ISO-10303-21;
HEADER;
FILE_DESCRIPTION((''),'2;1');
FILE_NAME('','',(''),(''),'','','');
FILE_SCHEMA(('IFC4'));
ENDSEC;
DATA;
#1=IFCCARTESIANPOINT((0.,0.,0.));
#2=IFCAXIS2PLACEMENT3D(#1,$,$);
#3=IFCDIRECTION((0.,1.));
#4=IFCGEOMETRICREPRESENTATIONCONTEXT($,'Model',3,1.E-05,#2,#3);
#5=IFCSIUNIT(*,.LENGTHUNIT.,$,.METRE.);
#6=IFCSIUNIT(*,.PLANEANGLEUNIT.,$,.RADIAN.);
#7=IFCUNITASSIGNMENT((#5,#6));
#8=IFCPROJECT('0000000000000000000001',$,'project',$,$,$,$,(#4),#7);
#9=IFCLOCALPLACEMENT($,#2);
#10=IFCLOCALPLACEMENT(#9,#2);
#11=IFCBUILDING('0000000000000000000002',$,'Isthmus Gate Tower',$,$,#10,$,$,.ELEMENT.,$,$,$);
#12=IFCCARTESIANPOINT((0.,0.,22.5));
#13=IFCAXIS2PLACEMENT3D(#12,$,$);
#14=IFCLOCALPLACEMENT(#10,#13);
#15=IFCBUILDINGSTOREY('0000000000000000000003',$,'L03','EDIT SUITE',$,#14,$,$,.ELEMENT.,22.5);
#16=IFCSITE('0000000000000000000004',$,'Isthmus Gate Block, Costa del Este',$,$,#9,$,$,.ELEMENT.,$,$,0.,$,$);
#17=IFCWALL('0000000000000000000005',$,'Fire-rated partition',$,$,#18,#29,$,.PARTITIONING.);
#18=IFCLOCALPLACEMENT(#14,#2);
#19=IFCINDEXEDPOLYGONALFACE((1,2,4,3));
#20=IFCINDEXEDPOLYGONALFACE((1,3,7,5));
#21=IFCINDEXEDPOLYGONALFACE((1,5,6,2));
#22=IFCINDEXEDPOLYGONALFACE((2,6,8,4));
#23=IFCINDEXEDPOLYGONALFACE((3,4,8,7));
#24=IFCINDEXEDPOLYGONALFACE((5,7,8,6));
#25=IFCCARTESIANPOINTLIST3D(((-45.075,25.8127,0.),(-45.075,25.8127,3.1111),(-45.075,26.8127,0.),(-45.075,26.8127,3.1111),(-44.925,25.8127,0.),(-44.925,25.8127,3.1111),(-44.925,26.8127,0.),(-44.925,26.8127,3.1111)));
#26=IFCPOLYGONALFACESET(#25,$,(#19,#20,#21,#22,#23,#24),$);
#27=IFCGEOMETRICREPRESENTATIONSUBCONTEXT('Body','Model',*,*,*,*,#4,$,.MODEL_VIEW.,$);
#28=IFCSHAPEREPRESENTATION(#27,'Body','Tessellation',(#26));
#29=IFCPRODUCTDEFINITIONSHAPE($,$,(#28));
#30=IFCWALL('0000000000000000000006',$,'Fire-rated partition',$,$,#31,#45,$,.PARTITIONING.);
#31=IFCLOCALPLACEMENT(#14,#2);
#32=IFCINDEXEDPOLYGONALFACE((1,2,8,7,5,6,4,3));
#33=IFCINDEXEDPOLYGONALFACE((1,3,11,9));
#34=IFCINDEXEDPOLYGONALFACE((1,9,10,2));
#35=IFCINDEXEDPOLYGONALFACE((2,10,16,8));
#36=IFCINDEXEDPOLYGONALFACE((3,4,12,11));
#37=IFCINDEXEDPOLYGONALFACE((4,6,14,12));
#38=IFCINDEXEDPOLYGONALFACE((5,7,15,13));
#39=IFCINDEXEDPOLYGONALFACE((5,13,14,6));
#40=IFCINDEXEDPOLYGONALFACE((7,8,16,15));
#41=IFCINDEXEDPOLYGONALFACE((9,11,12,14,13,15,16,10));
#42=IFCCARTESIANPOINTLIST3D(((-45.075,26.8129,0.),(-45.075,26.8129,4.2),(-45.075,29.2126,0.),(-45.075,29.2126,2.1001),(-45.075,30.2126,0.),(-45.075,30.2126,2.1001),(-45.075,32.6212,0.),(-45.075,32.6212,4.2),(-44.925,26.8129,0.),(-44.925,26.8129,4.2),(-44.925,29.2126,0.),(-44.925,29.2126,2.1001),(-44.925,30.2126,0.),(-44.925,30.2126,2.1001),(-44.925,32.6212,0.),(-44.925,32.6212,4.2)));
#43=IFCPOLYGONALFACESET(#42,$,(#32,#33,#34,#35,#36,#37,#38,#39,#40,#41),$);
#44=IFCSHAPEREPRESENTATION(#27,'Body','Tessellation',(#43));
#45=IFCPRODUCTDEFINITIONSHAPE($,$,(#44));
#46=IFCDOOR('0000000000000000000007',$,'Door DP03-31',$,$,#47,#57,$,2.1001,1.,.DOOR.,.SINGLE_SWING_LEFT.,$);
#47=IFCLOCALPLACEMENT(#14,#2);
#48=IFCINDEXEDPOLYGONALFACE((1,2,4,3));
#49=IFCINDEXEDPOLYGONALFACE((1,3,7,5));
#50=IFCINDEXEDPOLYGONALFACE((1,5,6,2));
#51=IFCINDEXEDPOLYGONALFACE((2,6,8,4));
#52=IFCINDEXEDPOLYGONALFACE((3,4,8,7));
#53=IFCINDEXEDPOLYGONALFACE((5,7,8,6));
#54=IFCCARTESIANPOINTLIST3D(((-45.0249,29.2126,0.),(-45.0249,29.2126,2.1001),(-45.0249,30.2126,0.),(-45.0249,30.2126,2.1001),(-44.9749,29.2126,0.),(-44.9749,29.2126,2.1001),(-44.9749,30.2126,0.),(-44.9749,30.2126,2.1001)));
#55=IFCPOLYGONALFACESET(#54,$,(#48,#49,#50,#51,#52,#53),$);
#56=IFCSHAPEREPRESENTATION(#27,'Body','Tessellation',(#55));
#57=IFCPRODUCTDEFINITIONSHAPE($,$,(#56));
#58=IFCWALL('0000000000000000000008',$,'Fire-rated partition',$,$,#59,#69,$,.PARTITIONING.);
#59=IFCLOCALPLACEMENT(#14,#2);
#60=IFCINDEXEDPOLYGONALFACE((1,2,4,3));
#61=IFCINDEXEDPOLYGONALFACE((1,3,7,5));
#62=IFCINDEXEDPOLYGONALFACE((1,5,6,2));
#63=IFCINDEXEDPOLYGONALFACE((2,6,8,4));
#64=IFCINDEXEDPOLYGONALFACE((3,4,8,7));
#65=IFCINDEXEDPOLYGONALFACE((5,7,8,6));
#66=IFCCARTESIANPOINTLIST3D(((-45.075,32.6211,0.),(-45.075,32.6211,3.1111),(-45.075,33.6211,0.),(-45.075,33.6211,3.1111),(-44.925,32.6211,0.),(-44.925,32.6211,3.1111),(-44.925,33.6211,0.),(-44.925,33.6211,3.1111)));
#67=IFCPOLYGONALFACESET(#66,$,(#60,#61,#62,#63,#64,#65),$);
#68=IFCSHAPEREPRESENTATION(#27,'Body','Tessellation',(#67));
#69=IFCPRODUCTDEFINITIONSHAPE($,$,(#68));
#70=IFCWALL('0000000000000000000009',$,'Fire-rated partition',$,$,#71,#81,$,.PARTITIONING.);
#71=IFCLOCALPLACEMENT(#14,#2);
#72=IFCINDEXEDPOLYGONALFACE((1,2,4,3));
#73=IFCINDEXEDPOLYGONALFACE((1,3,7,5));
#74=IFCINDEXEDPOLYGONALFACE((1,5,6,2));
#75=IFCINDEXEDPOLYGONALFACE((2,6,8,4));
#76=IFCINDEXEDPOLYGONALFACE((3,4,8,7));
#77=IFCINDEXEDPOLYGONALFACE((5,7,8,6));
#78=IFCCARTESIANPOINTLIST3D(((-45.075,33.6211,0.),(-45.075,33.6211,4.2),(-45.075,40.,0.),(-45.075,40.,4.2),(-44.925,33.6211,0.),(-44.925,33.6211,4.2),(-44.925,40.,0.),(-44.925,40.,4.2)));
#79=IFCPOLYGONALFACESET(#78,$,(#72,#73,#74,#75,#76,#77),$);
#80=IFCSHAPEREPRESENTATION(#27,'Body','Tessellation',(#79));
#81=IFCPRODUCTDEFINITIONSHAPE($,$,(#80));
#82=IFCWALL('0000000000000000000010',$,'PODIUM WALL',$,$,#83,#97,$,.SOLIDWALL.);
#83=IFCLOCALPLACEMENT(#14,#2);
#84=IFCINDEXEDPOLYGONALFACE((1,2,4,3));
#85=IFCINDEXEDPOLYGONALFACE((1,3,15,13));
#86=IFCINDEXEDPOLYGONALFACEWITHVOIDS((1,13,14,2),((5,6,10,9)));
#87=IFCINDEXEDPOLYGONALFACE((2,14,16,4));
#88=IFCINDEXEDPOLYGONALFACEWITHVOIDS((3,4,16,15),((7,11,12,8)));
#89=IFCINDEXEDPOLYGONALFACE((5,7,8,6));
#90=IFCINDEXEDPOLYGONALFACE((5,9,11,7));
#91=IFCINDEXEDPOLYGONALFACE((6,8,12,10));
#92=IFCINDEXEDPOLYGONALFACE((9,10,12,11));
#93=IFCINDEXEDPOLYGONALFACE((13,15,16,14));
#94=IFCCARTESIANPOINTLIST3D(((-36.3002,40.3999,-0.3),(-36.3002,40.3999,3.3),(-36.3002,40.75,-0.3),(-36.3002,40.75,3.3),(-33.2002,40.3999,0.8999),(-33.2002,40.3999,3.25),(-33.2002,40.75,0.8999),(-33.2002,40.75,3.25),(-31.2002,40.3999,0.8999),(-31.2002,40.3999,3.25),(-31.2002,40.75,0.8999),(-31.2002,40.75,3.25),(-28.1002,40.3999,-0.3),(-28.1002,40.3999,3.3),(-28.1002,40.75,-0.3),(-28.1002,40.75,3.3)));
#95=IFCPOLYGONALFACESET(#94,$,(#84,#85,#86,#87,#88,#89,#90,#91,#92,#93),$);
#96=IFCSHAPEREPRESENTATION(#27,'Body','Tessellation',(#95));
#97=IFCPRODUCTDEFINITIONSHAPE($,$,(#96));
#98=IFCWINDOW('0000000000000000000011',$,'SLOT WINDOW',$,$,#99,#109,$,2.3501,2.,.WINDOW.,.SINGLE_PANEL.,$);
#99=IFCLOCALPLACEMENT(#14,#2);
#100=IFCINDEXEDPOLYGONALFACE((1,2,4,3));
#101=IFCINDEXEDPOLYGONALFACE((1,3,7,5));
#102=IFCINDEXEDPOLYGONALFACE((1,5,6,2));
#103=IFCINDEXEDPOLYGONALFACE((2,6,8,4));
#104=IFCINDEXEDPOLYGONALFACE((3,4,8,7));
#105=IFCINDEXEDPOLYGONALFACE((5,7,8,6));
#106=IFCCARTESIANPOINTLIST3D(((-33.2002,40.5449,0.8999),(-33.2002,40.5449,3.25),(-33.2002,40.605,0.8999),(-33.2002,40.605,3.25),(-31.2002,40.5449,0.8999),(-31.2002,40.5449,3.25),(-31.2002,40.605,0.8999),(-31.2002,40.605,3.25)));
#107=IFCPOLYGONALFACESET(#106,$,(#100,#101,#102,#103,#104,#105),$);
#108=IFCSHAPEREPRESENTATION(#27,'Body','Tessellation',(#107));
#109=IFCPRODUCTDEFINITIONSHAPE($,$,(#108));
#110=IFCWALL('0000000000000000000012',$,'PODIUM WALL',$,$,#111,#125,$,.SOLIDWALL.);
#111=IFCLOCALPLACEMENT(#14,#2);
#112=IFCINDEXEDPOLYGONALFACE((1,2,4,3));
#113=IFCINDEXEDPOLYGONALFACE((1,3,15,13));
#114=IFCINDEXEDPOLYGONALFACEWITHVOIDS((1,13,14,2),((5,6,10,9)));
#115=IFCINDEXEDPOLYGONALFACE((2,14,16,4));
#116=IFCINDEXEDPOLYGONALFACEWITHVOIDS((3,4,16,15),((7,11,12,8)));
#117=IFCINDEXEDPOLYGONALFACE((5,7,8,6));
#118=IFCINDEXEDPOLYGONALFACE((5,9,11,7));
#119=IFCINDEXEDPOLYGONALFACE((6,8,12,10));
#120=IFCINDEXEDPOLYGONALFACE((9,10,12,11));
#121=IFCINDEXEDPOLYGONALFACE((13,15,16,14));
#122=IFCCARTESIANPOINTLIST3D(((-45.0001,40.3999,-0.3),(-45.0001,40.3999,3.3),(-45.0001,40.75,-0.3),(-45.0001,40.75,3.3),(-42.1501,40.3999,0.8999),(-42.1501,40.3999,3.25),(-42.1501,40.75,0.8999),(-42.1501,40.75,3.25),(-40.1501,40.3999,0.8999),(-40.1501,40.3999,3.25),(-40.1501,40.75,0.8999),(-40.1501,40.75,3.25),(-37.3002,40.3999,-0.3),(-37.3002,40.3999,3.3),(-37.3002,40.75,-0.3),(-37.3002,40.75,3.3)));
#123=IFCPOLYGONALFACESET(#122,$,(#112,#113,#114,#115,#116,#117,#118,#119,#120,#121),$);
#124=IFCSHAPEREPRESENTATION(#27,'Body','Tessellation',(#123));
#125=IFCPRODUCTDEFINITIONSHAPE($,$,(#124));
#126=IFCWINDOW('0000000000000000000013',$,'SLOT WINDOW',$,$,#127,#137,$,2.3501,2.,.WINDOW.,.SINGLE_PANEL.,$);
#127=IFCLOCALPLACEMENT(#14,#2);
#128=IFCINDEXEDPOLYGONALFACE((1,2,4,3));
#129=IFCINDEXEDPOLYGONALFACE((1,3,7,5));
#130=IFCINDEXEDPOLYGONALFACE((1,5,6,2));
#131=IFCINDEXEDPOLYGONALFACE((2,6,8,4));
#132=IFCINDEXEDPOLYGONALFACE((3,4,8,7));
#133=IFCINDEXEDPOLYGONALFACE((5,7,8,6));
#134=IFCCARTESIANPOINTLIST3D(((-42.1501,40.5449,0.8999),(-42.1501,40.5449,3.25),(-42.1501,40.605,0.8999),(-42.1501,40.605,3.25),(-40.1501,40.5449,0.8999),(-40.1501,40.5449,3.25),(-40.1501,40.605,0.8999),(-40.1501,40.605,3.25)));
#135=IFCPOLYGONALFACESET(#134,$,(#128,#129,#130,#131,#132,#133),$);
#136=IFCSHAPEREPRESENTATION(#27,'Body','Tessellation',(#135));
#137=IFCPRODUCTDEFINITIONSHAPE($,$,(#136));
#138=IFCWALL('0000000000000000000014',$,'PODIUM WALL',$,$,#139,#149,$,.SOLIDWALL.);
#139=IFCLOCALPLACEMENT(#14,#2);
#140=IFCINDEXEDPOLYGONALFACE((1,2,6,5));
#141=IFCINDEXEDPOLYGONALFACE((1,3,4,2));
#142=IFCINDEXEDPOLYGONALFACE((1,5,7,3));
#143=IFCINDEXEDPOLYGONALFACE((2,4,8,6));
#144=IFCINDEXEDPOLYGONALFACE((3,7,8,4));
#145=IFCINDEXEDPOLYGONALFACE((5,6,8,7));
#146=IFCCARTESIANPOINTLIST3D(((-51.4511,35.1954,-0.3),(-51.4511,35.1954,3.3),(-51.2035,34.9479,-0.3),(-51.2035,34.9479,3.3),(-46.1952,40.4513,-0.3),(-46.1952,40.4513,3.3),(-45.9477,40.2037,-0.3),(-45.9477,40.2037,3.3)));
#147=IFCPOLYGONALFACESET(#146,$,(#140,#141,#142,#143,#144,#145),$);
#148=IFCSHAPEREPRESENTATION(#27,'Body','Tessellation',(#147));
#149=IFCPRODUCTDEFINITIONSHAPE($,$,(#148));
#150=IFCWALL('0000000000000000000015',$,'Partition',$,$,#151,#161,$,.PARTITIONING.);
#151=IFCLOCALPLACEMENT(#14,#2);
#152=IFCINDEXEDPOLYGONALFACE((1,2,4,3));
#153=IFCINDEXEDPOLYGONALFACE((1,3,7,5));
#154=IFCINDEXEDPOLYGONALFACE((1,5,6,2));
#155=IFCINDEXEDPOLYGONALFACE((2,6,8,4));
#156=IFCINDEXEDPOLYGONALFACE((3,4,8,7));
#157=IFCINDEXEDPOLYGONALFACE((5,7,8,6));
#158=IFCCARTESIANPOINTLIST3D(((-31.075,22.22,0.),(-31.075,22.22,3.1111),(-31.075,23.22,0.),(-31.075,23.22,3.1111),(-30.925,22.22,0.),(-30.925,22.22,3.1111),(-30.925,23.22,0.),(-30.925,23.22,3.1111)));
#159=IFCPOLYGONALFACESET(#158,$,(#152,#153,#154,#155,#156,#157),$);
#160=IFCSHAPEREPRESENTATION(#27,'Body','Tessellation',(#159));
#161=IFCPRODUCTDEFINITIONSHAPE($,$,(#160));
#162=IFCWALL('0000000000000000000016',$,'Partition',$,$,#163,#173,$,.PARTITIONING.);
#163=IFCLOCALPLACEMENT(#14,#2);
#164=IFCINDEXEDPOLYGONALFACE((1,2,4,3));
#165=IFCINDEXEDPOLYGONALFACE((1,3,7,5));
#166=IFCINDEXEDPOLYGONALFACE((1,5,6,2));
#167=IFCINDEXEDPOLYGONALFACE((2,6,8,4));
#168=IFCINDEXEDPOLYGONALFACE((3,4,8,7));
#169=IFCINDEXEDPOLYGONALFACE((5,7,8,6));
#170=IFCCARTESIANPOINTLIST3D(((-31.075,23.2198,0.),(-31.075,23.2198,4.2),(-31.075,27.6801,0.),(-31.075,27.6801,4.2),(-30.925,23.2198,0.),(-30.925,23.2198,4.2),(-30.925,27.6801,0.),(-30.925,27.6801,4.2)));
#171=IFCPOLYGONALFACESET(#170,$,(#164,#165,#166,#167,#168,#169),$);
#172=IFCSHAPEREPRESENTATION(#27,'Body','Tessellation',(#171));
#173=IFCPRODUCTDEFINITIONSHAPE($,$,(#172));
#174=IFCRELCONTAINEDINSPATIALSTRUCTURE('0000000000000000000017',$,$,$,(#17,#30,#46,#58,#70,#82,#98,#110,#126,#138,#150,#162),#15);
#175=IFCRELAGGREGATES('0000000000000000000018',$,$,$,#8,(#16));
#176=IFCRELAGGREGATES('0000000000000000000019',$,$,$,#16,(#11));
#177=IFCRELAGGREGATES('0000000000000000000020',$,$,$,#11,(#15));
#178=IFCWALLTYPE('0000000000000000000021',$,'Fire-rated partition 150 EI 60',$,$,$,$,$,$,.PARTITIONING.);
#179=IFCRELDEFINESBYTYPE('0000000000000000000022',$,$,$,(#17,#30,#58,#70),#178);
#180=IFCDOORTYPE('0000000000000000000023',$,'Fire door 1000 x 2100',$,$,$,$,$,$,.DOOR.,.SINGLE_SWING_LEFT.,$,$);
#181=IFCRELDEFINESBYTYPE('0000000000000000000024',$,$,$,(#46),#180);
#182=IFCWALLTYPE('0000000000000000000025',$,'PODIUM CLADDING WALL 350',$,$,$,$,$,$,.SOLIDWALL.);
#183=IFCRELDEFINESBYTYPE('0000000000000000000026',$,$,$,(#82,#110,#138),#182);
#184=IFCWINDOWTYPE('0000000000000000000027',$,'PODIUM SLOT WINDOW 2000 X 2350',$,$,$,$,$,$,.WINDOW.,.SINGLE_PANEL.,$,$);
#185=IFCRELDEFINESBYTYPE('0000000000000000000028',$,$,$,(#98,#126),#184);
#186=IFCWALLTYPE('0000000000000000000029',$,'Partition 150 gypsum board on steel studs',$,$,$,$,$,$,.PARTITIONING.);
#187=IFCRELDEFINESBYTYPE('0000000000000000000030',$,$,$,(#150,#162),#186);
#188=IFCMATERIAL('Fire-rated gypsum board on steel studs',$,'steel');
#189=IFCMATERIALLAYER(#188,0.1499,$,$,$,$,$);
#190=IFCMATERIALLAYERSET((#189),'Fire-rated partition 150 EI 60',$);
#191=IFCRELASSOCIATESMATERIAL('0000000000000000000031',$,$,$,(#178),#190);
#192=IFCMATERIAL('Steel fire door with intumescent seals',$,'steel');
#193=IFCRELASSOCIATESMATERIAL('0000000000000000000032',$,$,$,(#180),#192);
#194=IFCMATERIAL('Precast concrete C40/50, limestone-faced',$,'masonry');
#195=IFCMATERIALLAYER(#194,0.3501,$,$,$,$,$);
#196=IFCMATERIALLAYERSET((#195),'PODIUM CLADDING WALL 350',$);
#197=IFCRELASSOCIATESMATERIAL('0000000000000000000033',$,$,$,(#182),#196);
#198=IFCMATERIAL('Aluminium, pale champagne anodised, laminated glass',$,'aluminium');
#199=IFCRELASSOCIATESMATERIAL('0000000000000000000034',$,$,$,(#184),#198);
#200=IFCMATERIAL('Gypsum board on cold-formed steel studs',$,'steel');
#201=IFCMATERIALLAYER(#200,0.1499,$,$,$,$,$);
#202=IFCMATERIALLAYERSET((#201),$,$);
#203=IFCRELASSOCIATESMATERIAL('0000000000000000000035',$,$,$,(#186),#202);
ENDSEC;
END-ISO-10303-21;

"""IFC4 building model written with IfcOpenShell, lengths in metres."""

from ifc_helpers import new_model, si_unit, direction, frame, frame_2d, origin, place, context, subcontext, project, spatial, rectangle, extrude, material, layer, layer_set, type_object, element, fill, save


model = new_model("IFC4")

# Units and contexts
model_context = context("Model", 3, precision=1e-05, world=origin(), true_north=direction((0.0, 1.0)))
body_context = subcontext(model_context, "Body", "Model", "MODEL_VIEW")
ifc_project = project(units=[si_unit("LENGTHUNIT", "METRE"), si_unit("PLANEANGLEUNIT", "RADIAN")], contexts=[model_context])

# Site, building, storey
site_placement = place(None, origin())
site = spatial("IfcSite", under=ifc_project, at=site_placement, Name="Isthmus Gate Block, Costa del Este", CompositionType="ELEMENT", RefElevation=0.0)
building_placement = place(site_placement, origin())
building = spatial("IfcBuilding", under=site, at=building_placement, Name="Isthmus Gate Tower", CompositionType="ELEMENT")
storey_placement = place(building_placement, frame((0.0, 0.0, 22.5)))
storey = spatial("IfcBuildingStorey", under=building, at=storey_placement, Name="L03", Description="EDIT SUITE", CompositionType="ELEMENT", Elevation=22.5)

# Shared definitions
ifc_material_1 = material(Name="Fire-rated gypsum board on steel studs", Category="steel")
ifc_layer_1 = layer(ifc_material_1, 0.1499)
ifc_layer_set_1 = layer_set([ifc_layer_1], Name="Fire-rated partition 150 EI 60")
wall_type_1 = type_object("IfcWallType", Name="Fire-rated partition 150 EI 60", PredefinedType="PARTITIONING", material=ifc_layer_set_1)

# Wall
wall_1_placement = place(storey_placement, frame((-45.0, 25.8127, 0.0), z_axis=(0.0, 0.0, 1.0), x_axis=(0.0, 1.0, 0.0)))
element("IfcWall", 1, at=wall_1_placement, inside=storey, type_object=wall_type_1, Name="Fire-rated partition", PredefinedType="PARTITIONING", context=body_context, shape_type="SweptSolid", body=[
    extrude(rectangle(XDim=1.0, YDim=0.1499, at=frame_2d((0.5, 0.0))), origin(), (0.0, 0.0, 1.0), 3.1111),
])

# Wall, opening, door
wall_2_placement = place(storey_placement, frame((-45.0, 26.8127, 0.0), z_axis=(0.0, 0.0, 1.0), x_axis=(0.0, 1.0, 0.0)))
wall_2 = element("IfcWall", 2, at=wall_2_placement, inside=storey, type_object=wall_type_1, Name="Fire-rated partition", PredefinedType="PARTITIONING", context=body_context, shape_type="SweptSolid", body=[
    extrude(rectangle(XDim=5.8083, YDim=0.1499, at=frame_2d((2.9043, 0.0))), origin(), (0.0, 0.0, 1.0), 4.2),
])
opening_1_placement = place(wall_2_placement, frame((2.3999, 0.0, 0.0)))
opening_1 = element("IfcOpeningElement", 3, at=opening_1_placement, cuts=wall_2, PredefinedType="OPENING", context=body_context, shape_type="SweptSolid", body=[
    extrude(rectangle(XDim=1.0, YDim=2.1001, at=frame_2d((0.5, 1.05))), frame((0.0, 0.085, 0.0), z_axis=(0.0, -1.0, 0.0), x_axis=(1.0, 0.0, 0.0)), (0.0, 0.0, 1.0), 0.1699),
])
ifc_material_2 = material(Name="Steel fire door with intumescent seals", Category="steel")
door_type_1 = type_object("IfcDoorType", Name="Fire door 1000 x 2100", OperationType="SINGLE_SWING_LEFT", PredefinedType="DOOR", material=ifc_material_2)
door_1_placement = place(opening_1_placement, origin())
door_1 = element("IfcDoor", 4, at=door_1_placement, inside=storey, type_object=door_type_1, Name="Door DP03-31", OperationType="SINGLE_SWING_LEFT", OverallHeight=2.1001, OverallWidth=1.0, PredefinedType="DOOR", context=body_context, shape_type="SweptSolid", body=[
    extrude(rectangle(XDim=1.0, YDim=2.1001, at=frame_2d((0.5, 1.05))), frame((0.0, 0.0249, 0.0), z_axis=(0.0, -1.0, 0.0), x_axis=(1.0, 0.0, 0.0)), (0.0, 0.0, 1.0), 0.05),
])
fill(opening_1, door_1)

# Walls
wall_3_placement = place(storey_placement, frame((-45.0, 32.6211, 0.0), z_axis=(0.0, 0.0, 1.0), x_axis=(0.0, 1.0, 0.0)))
element("IfcWall", 5, at=wall_3_placement, inside=storey, type_object=wall_type_1, Name="Fire-rated partition", PredefinedType="PARTITIONING", context=body_context, shape_type="SweptSolid", body=[
    extrude(rectangle(XDim=1.0, YDim=0.1499, at=frame_2d((0.5, 0.0))), origin(), (0.0, 0.0, 1.0), 3.1111),
])
wall_4_placement = place(storey_placement, frame((-45.0, 33.6211, 0.0), z_axis=(0.0, 0.0, 1.0), x_axis=(0.0, 1.0, 0.0)))
element("IfcWall", 6, at=wall_4_placement, inside=storey, type_object=wall_type_1, Name="Fire-rated partition", PredefinedType="PARTITIONING", context=body_context, shape_type="SweptSolid", body=[
    extrude(rectangle(XDim=6.3789, YDim=0.1499, at=frame_2d((3.1895, 0.0))), origin(), (0.0, 0.0, 1.0), 4.2),
])

# Walls, openings, windows
ifc_material_3 = material(Name="Precast concrete C40/50, limestone-faced", Category="masonry")
ifc_layer_2 = layer(ifc_material_3, 0.3501)
ifc_layer_set_2 = layer_set([ifc_layer_2], Name="PODIUM CLADDING WALL 350")
wall_type_2 = type_object("IfcWallType", Name="PODIUM CLADDING WALL 350", PredefinedType="SOLIDWALL", material=ifc_layer_set_2)
wall_5_placement = place(storey_placement, frame((-28.1001, 40.575, -0.3), z_axis=(0.0, 0.0, 1.0), x_axis=(-1.0, 0.0, 0.0)))
wall_5 = element("IfcWall", 7, at=wall_5_placement, inside=storey, type_object=wall_type_2, Name="PODIUM WALL", PredefinedType="SOLIDWALL", context=body_context, shape_type="SweptSolid", body=[
    extrude(rectangle(XDim=8.2, YDim=0.3501, at=frame_2d((4.1001, 0.0))), origin(), (0.0, 0.0, 1.0), 3.6001),
])
opening_2_placement = place(wall_5_placement, frame((3.1001, 0.0, 1.2)))
opening_2 = element("IfcOpeningElement", 8, at=opening_2_placement, cuts=wall_5, PredefinedType="OPENING", context=body_context, shape_type="SweptSolid", body=[
    extrude(rectangle(XDim=2.0, YDim=2.3501, at=frame_2d((1.0, 1.175))), frame((0.0, 0.1851, 0.0), z_axis=(0.0, -1.0, 0.0), x_axis=(1.0, 0.0, 0.0)), (0.0, 0.0, 1.0), 0.3701),
])
ifc_material_4 = material(Name="Aluminium, pale champagne anodised, laminated glass", Category="aluminium")
window_type = type_object("IfcWindowType", Name="PODIUM SLOT WINDOW 2000 X 2350", PartitioningType="SINGLE_PANEL", PredefinedType="WINDOW", material=ifc_material_4)
window_1_placement = place(opening_2_placement, origin())
window_1 = element("IfcWindow", 9, at=window_1_placement, inside=storey, type_object=window_type, Name="SLOT WINDOW", OverallHeight=2.3501, OverallWidth=2.0, PartitioningType="SINGLE_PANEL", PredefinedType="WINDOW", context=body_context, shape_type="SweptSolid", body=[
    extrude(rectangle(XDim=2.0, YDim=2.3501, at=frame_2d((1.0, 1.175))), frame((0.0, 0.03, 0.0), z_axis=(0.0, -1.0, 0.0), x_axis=(1.0, 0.0, 0.0)), (0.0, 0.0, 1.0), 0.0601),
])
fill(opening_2, window_1)
wall_6_placement = place(storey_placement, frame((-37.3, 40.575, -0.3), z_axis=(0.0, 0.0, 1.0), x_axis=(-1.0, 0.0, 0.0)))
wall_6 = element("IfcWall", 10, at=wall_6_placement, inside=storey, type_object=wall_type_2, Name="PODIUM WALL", PredefinedType="SOLIDWALL", context=body_context, shape_type="SweptSolid", body=[
    extrude(rectangle(XDim=7.7, YDim=0.3501, at=frame_2d((3.8501, 0.0))), origin(), (0.0, 0.0, 1.0), 3.6001),
])
opening_3_placement = place(wall_6_placement, frame((2.8501, 0.0, 1.2)))
opening_3 = element("IfcOpeningElement", 11, at=opening_3_placement, cuts=wall_6, PredefinedType="OPENING", context=body_context, shape_type="SweptSolid", body=[
    extrude(rectangle(XDim=2.0, YDim=2.3501, at=frame_2d((1.0, 1.175))), frame((0.0, 0.1851, 0.0), z_axis=(0.0, -1.0, 0.0), x_axis=(1.0, 0.0, 0.0)), (0.0, 0.0, 1.0), 0.3701),
])
window_2_placement = place(opening_3_placement, origin())
window_2 = element("IfcWindow", 12, at=window_2_placement, inside=storey, type_object=window_type, Name="SLOT WINDOW", OverallHeight=2.3501, OverallWidth=2.0, PartitioningType="SINGLE_PANEL", PredefinedType="WINDOW", context=body_context, shape_type="SweptSolid", body=[
    extrude(rectangle(XDim=2.0, YDim=2.3501, at=frame_2d((1.0, 1.175))), frame((0.0, 0.03, 0.0), z_axis=(0.0, -1.0, 0.0), x_axis=(1.0, 0.0, 0.0)), (0.0, 0.0, 1.0), 0.0601),
])
fill(opening_3, window_2)

# Walls
wall_7_placement = place(storey_placement, frame((-46.0715, 40.3274, -0.3), z_axis=(0.0, 0.0, 1.0), x_axis=(-0.707107, -0.707107, 0.0)))
element("IfcWall", 13, at=wall_7_placement, inside=storey, type_object=wall_type_2, Name="PODIUM WALL", PredefinedType="SOLIDWALL", context=body_context, shape_type="SweptSolid", body=[
    extrude(rectangle(XDim=7.4329, YDim=0.3501, at=frame_2d((3.7163, 0.0))), origin(), (0.0, 0.0, 1.0), 3.6001),
])
ifc_material_5 = material(Name="Gypsum board on cold-formed steel studs", Category="steel")
ifc_layer_3 = layer(ifc_material_5, 0.1499)
ifc_layer_set_3 = layer_set([ifc_layer_3])
wall_type_3 = type_object("IfcWallType", Name="Partition 150 gypsum board on steel studs", PredefinedType="PARTITIONING", material=ifc_layer_set_3)
wall_8_placement = place(storey_placement, frame((-31.0, 22.22, 0.0), z_axis=(0.0, 0.0, 1.0), x_axis=(0.0, 1.0, 0.0)))
element("IfcWall", 14, at=wall_8_placement, inside=storey, type_object=wall_type_3, Name="Partition", PredefinedType="PARTITIONING", context=body_context, shape_type="SweptSolid", body=[
    extrude(rectangle(XDim=1.0, YDim=0.1499, at=frame_2d((0.5, 0.0))), origin(), (0.0, 0.0, 1.0), 3.1111),
])
wall_9_placement = place(storey_placement, frame((-31.0, 23.22, 0.0), z_axis=(0.0, 0.0, 1.0), x_axis=(0.0, 1.0, 0.0)))
element("IfcWall", 15, at=wall_9_placement, inside=storey, type_object=wall_type_3, Name="Partition", PredefinedType="PARTITIONING", context=body_context, shape_type="SweptSolid", body=[
    extrude(rectangle(XDim=4.4602, YDim=0.1499, at=frame_2d((2.23, 0.0))), origin(), (0.0, 0.0, 1.0), 4.2),
])

save(model, "model.ifc")
